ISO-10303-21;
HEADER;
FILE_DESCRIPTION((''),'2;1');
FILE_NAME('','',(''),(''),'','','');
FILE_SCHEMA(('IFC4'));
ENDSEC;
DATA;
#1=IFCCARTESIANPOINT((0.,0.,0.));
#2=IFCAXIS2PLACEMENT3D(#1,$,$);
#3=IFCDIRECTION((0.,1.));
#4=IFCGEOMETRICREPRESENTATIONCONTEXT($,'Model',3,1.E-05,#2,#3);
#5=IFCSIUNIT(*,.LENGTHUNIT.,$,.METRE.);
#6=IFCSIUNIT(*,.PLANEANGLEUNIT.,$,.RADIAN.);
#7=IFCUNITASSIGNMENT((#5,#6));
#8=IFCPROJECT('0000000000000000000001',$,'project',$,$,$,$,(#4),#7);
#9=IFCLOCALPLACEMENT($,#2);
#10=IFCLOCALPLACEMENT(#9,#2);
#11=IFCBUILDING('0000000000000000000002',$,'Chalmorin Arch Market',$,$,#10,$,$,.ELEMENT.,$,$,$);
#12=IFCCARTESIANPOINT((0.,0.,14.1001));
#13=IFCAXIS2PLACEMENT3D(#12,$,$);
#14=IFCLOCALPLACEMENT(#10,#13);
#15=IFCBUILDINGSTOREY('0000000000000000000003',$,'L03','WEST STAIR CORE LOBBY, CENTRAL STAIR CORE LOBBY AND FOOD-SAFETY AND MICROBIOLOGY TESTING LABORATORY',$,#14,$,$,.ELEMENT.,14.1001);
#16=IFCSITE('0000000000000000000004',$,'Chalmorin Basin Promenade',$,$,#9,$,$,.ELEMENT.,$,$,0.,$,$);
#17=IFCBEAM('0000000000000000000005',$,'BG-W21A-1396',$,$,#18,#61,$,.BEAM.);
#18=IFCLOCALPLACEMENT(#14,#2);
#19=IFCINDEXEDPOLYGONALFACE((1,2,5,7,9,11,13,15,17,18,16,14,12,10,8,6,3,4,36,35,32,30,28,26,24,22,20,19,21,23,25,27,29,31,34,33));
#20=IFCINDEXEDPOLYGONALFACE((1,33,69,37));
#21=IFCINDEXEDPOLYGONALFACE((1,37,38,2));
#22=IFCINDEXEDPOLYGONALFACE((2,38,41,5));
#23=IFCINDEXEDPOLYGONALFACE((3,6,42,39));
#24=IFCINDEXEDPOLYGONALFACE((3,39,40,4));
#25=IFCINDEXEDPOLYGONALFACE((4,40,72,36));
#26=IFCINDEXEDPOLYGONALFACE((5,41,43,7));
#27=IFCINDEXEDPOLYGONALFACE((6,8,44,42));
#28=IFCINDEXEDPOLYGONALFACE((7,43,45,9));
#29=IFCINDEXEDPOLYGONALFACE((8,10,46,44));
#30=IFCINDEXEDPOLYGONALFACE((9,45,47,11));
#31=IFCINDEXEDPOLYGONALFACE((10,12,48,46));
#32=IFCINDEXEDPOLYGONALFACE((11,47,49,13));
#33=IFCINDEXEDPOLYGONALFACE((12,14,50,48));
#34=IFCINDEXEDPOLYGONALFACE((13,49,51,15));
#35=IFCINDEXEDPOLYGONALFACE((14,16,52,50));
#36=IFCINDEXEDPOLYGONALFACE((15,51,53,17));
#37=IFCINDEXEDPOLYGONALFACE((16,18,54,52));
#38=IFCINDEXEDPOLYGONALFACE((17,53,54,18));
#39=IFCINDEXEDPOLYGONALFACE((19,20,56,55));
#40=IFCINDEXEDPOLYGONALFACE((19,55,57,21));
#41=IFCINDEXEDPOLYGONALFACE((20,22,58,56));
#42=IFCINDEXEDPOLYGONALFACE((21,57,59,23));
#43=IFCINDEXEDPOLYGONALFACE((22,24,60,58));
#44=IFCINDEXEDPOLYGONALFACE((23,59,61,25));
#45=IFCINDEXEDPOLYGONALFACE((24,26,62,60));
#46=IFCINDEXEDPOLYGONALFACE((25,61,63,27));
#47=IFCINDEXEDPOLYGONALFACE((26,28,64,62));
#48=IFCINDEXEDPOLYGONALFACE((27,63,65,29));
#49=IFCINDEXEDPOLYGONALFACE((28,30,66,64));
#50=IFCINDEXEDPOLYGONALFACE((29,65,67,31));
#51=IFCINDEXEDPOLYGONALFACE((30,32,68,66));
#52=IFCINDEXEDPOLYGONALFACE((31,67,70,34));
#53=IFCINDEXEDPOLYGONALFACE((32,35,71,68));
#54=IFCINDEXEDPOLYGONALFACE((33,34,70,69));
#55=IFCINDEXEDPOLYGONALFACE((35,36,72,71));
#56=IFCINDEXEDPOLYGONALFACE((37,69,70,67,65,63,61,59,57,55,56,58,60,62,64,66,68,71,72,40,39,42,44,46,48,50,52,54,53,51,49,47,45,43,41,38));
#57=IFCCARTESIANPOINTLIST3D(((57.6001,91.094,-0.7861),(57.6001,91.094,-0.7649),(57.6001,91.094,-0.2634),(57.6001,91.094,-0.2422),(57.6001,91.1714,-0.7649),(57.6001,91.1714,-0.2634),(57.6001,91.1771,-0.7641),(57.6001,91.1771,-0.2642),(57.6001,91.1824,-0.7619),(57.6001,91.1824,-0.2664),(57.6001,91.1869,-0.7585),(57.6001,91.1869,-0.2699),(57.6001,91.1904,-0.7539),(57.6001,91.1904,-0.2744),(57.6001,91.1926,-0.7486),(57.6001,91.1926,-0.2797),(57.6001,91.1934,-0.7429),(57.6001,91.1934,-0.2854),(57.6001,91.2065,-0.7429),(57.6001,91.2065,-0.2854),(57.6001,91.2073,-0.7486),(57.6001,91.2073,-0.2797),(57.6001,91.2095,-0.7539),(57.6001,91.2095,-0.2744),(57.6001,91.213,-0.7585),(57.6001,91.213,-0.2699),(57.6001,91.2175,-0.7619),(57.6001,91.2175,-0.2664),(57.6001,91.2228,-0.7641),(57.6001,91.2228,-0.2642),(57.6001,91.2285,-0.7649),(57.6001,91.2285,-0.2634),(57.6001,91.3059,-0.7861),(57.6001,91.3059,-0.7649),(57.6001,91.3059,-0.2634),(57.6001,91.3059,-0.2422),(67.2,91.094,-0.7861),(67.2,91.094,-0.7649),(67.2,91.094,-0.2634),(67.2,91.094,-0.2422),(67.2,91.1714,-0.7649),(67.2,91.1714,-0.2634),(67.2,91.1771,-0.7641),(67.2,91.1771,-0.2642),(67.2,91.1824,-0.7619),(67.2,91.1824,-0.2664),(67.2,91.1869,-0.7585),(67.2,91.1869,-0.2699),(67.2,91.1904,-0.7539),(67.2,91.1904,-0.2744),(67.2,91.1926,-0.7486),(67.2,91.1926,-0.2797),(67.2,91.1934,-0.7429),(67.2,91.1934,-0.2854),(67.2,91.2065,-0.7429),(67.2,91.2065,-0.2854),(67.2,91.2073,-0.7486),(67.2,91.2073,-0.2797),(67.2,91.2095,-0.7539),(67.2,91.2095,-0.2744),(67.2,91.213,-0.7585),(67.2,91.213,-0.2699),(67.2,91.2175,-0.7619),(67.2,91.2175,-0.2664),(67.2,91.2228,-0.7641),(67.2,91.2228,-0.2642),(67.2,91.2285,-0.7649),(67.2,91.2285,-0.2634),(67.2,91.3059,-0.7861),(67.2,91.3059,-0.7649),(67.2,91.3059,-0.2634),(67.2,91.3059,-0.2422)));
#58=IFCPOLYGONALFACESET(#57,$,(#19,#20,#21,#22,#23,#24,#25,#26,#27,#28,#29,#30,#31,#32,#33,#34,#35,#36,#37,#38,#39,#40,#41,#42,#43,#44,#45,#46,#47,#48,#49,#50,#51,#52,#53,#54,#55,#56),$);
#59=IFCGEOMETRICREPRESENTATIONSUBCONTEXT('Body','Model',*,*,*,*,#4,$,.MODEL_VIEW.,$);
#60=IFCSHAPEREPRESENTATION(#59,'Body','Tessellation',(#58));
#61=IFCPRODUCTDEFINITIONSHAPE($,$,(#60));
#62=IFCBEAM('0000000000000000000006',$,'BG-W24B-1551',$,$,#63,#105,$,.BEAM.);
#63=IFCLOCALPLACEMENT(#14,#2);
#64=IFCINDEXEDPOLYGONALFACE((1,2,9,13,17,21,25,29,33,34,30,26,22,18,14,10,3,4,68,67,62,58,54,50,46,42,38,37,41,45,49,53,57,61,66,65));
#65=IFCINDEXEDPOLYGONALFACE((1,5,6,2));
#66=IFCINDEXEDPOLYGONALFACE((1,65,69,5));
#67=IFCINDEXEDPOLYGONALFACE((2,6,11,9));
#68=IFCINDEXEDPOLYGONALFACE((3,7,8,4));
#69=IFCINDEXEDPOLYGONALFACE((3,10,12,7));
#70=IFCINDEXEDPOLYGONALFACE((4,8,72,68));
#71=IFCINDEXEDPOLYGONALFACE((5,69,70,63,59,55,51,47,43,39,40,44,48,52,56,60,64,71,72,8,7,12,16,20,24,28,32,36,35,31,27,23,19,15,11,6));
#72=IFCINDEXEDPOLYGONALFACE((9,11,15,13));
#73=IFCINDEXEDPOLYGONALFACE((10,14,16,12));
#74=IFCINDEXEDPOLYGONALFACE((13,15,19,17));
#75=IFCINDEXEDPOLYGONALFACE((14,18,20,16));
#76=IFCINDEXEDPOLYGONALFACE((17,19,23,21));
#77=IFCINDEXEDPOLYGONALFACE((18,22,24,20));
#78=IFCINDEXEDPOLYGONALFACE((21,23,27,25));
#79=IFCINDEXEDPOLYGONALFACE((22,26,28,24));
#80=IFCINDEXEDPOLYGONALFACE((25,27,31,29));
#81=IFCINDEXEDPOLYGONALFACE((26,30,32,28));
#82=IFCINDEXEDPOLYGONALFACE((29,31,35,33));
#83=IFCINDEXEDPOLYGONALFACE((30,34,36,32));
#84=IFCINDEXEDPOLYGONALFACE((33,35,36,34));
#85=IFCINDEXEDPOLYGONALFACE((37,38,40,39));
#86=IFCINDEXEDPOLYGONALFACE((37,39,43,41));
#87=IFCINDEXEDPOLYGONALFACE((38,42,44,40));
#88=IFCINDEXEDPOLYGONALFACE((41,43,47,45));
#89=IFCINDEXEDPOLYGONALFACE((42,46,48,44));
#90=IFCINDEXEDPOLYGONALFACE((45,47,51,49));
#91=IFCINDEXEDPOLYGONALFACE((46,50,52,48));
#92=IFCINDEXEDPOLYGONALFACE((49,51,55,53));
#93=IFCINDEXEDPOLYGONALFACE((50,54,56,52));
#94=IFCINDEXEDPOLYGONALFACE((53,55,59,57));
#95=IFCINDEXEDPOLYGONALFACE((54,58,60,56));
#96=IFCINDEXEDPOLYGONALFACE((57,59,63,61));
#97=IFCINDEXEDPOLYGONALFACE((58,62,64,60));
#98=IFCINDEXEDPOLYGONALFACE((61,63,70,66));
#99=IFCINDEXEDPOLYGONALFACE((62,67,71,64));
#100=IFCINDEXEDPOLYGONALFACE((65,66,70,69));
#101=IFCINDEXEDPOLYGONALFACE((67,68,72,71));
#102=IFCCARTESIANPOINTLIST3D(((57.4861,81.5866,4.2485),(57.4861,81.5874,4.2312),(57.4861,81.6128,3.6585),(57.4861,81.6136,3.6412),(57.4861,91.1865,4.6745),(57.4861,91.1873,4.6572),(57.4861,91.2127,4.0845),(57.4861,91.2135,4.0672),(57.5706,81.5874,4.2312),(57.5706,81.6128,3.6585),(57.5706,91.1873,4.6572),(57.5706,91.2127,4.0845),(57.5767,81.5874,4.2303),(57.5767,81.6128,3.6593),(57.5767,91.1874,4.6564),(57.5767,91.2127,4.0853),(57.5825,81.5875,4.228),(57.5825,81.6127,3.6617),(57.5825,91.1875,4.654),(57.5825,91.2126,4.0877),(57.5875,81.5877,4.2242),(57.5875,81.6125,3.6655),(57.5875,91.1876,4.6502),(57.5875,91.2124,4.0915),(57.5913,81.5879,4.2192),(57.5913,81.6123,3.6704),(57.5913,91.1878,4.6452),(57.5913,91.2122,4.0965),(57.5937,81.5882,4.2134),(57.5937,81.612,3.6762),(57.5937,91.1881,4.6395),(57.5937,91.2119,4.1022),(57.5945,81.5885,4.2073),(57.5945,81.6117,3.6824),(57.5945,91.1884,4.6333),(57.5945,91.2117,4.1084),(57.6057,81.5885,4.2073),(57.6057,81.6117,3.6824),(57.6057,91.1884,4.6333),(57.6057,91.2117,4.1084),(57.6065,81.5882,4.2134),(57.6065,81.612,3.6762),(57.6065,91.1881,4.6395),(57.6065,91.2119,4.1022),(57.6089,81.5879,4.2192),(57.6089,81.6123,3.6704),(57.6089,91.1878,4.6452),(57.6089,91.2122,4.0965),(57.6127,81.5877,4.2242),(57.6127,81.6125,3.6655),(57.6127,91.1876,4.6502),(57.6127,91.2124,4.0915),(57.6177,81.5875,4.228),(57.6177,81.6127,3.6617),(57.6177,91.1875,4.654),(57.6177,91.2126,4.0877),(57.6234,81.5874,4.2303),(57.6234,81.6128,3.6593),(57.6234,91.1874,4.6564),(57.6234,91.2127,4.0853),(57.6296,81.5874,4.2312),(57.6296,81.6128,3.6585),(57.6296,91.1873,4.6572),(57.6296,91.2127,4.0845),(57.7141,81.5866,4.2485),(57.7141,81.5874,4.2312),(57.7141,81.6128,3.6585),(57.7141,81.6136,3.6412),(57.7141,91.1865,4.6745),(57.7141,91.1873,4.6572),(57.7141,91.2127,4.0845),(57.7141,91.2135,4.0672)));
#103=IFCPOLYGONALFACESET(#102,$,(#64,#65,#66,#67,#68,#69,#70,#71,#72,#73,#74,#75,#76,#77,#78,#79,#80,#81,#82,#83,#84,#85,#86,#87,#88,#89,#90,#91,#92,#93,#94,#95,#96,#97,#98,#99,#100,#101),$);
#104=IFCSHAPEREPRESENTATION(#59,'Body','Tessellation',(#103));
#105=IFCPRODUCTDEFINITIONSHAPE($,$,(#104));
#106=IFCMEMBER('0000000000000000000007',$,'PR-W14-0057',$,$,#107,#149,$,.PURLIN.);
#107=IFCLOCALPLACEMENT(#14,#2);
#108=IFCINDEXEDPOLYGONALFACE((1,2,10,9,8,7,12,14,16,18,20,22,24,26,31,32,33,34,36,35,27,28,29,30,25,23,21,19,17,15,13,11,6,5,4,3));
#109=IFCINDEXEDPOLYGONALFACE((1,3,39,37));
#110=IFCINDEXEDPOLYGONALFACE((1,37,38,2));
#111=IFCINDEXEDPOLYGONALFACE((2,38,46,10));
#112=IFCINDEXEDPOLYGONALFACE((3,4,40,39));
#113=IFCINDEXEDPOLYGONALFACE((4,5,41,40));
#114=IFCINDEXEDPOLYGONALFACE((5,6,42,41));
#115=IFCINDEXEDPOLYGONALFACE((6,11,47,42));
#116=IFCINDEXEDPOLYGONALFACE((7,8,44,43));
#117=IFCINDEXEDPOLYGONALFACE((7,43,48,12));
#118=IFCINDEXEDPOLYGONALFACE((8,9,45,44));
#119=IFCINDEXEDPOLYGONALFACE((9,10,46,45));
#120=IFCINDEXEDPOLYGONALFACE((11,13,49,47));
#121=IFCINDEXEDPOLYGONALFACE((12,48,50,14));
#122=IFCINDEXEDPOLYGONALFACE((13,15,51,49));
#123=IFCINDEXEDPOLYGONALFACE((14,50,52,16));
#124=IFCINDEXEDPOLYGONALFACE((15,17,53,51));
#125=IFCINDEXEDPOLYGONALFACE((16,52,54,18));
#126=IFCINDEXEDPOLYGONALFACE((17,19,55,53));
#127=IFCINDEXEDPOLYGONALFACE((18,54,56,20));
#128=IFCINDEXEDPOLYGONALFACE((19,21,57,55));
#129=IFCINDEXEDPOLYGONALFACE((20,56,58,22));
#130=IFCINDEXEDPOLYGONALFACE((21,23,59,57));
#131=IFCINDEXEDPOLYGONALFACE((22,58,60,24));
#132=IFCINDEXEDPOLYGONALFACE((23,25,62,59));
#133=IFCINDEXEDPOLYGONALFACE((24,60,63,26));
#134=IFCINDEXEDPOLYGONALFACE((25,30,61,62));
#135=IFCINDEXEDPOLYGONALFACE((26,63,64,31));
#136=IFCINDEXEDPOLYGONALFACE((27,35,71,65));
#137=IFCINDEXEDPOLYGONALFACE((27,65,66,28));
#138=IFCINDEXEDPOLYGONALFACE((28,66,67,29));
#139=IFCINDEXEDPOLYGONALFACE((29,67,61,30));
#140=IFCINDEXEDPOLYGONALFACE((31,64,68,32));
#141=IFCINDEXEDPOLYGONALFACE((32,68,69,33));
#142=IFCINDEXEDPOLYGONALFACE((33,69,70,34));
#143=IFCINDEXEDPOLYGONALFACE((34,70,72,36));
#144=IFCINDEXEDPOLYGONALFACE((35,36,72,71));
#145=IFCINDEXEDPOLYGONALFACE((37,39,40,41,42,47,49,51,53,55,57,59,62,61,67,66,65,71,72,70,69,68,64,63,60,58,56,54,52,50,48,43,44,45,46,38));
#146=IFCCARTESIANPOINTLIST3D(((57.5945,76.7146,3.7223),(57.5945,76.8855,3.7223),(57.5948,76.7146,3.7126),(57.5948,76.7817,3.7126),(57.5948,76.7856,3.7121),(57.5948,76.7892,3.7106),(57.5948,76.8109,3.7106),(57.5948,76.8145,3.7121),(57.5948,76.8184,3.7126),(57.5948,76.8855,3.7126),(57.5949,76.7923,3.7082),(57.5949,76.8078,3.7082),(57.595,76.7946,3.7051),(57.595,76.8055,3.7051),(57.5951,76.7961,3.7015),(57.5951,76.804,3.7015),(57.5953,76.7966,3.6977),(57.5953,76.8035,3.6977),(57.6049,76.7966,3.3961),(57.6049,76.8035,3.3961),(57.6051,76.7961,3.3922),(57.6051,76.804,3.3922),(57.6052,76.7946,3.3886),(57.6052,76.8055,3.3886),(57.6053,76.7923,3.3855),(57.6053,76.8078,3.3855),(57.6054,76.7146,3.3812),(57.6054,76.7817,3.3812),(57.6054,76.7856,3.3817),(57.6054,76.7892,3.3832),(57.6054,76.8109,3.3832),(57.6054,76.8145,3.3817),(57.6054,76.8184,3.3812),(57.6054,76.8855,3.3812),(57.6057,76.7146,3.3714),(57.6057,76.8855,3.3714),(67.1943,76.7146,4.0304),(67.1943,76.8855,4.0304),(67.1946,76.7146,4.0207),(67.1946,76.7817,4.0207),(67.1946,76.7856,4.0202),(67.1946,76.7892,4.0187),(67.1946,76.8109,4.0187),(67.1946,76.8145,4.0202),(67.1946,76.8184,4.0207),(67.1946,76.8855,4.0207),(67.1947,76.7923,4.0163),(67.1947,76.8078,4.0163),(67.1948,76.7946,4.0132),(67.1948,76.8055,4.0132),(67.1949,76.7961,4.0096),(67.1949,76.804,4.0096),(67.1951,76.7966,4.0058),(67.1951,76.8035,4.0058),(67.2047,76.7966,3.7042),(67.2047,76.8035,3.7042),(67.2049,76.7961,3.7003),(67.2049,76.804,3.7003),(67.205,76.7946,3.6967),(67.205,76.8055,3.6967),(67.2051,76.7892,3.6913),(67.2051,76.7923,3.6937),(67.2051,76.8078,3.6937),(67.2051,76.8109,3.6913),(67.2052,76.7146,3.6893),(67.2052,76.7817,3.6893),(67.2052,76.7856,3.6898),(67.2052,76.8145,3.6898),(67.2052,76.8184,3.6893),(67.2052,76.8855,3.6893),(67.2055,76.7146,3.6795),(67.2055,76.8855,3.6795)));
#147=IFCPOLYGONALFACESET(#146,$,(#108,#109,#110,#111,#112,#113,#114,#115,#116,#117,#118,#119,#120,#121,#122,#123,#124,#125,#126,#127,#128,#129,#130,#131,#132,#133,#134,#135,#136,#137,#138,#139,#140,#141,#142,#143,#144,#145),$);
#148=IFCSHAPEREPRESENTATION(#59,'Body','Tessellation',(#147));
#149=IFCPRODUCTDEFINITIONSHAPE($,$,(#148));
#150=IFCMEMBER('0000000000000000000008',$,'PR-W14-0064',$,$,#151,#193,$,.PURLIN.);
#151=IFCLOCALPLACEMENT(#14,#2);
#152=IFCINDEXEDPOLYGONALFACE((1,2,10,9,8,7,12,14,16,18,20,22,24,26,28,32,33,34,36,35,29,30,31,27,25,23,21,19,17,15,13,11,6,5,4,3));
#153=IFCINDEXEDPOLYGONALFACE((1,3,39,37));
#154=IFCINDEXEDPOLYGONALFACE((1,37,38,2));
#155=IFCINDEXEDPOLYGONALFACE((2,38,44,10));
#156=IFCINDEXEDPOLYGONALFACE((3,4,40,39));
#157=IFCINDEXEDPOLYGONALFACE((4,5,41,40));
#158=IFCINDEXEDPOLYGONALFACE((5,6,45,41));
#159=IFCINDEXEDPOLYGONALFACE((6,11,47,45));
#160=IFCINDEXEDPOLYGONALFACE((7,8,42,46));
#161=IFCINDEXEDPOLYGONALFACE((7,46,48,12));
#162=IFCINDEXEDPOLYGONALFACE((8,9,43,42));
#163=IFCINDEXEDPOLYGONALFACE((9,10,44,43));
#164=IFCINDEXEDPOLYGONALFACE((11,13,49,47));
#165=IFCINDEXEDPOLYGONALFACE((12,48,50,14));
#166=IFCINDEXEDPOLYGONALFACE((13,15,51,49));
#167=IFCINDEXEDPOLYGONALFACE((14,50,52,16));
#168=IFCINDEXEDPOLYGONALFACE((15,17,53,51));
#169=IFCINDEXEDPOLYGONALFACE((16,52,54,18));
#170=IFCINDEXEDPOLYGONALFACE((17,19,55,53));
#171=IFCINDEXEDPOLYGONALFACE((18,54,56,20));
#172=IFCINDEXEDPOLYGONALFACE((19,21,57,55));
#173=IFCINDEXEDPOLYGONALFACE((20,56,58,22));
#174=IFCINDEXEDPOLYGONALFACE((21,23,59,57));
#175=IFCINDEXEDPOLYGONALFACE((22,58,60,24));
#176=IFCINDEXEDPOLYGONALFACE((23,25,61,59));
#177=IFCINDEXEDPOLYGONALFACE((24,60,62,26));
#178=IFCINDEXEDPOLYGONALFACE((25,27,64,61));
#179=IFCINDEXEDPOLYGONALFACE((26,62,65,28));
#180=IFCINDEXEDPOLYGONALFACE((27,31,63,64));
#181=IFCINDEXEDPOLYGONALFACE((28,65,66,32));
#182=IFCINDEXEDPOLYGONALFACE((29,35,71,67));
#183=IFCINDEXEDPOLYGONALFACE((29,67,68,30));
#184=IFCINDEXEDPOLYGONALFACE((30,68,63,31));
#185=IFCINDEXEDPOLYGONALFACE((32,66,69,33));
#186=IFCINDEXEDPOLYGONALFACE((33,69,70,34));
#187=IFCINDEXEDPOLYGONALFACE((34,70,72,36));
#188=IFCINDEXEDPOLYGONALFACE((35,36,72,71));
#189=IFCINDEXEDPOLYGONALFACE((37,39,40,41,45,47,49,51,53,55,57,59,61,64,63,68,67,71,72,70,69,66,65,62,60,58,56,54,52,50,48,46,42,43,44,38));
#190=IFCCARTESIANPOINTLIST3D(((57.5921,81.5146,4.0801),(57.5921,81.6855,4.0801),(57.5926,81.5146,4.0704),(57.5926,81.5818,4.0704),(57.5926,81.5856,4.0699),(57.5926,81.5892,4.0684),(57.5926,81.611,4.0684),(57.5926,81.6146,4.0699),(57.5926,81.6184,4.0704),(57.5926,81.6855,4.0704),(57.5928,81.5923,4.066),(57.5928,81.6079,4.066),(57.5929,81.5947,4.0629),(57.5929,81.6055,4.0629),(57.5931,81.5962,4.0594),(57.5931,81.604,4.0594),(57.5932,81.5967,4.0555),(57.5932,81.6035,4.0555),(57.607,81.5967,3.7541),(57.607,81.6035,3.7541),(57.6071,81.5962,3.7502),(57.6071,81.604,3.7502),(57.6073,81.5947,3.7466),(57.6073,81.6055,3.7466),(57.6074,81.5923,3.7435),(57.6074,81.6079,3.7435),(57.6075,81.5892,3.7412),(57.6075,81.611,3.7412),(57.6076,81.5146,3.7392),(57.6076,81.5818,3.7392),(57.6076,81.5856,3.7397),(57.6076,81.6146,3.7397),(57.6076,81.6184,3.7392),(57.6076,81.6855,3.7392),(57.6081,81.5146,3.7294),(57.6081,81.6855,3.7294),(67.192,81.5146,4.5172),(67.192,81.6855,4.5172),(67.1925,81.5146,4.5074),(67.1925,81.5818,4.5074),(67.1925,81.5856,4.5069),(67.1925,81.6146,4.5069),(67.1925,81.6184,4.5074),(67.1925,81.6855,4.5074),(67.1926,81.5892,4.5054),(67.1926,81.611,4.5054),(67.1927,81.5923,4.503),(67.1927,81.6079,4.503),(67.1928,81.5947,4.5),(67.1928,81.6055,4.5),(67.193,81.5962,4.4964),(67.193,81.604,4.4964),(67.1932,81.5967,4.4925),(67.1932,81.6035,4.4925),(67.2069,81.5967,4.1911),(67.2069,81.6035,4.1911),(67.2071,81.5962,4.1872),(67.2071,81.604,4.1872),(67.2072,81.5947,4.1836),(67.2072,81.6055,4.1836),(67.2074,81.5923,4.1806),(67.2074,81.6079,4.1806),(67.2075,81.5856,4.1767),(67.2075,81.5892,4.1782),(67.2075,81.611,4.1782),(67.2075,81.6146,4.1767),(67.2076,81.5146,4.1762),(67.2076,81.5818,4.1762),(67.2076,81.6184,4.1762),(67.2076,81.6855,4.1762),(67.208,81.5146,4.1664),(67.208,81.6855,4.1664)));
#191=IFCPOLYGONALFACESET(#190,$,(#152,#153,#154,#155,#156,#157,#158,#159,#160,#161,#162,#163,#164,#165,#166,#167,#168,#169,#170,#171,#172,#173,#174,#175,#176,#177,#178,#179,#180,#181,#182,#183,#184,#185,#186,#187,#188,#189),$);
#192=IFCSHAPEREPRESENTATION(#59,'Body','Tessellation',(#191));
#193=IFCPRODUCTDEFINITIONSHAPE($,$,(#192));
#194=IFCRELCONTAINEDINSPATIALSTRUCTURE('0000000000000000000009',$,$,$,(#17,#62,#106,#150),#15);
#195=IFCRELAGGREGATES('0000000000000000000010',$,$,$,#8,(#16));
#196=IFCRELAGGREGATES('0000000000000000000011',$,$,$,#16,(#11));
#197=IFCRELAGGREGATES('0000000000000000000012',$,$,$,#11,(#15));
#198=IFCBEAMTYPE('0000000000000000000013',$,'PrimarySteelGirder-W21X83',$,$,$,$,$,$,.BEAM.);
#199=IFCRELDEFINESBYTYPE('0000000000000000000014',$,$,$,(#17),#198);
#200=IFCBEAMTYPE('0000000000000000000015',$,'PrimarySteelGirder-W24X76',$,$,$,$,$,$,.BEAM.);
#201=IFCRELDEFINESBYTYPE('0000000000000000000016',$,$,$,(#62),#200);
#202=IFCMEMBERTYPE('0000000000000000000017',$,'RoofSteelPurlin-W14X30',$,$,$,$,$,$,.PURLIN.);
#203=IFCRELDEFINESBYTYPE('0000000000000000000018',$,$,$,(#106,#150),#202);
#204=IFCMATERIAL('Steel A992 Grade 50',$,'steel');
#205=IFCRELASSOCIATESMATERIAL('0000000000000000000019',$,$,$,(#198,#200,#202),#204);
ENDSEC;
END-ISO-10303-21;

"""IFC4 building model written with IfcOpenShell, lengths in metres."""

from ifc_helpers import new_model, si_unit, direction, frame, origin, origin_2d, place, context, subcontext, project, spatial, i_section, extrude, material, material_profile, profile_set, type_object, element, save


model = new_model("IFC4")

# Units and contexts
model_context = context("Model", 3, precision=1e-05, world=origin(), true_north=direction((0.0, 1.0)))
body_context = subcontext(model_context, "Body", "Model", "MODEL_VIEW")
ifc_project = project(units=[si_unit("LENGTHUNIT", "METRE"), si_unit("PLANEANGLEUNIT", "RADIAN")], contexts=[model_context])

# Site, building, storey
site_placement = place(None, origin())
site = spatial("IfcSite", under=ifc_project, at=site_placement, Name="Chalmorin Basin Promenade", CompositionType="ELEMENT", RefElevation=0.0)
building_placement = place(site_placement, origin())
building = spatial("IfcBuilding", under=site, at=building_placement, Name="Chalmorin Arch Market", CompositionType="ELEMENT")
storey_placement = place(building_placement, frame((0.0, 0.0, 14.1001)))
storey = spatial("IfcBuildingStorey", under=building, at=storey_placement, Name="L03", Description="WEST STAIR CORE LOBBY, CENTRAL STAIR CORE LOBBY AND FOOD-SAFETY AND MICROBIOLOGY TESTING LABORATORY", CompositionType="ELEMENT", Elevation=14.1001)

# Beams
ifc_material_1 = material(Name="Steel A992 Grade 50", Category="steel")
ifc_material_profile_1 = material_profile(ifc_material_1, i_section(OverallWidth=0.2119, OverallDepth=0.5439, WebThickness=0.0132, FlangeThickness=0.0212, FilletRadius=0.022, at=origin_2d()), Name="W21X83")
ifc_profile_set_1 = profile_set([ifc_material_profile_1], Name="Steel A992 Grade 50")
beam_type_1 = type_object("IfcBeamType", Name="PrimarySteelGirder-W21X83", PredefinedType="BEAM", material=ifc_profile_set_1)
for number, where, z_axis, x_axis, name in (
    (1, (57.6001, 91.2, -0.5142), (1.0, 0.0, 0.0), (0.0, 1.0, 0.0), "BG-W21A-1396"),
):
    element("IfcBeam", number, at=place(storey_placement, frame(where, z_axis=z_axis, x_axis=x_axis)), inside=storey, type_object=beam_type_1, Name=name, PredefinedType="BEAM", context=body_context, shape_type="SweptSolid", body=[
        extrude(i_section(OverallWidth=0.2119, OverallDepth=0.5439, WebThickness=0.0132, FlangeThickness=0.0212, FilletRadius=0.022, at=origin_2d()), origin(), (0.0, 0.0, 1.0), 9.5999),
    ])
ifc_material_profile_2 = material_profile(ifc_material_1, i_section(OverallWidth=0.228, OverallDepth=0.6079, WebThickness=0.0112, FlangeThickness=0.0173, FilletRadius=0.0239, at=origin_2d()), Name="W24X76")
ifc_profile_set_2 = profile_set([ifc_material_profile_2], Name="Steel A992 Grade 50")
beam_type_2 = type_object("IfcBeamType", Name="PrimarySteelGirder-W24X76", PredefinedType="BEAM", material=ifc_profile_set_2)
beam_1_placement = place(storey_placement, frame((57.6001, 81.6001, 3.9448), z_axis=(0.0, 0.999017, 0.044335), x_axis=(-1.0, 0.0, 0.0)))
element("IfcBeam", 2, at=beam_1_placement, inside=storey, type_object=beam_type_2, Name="BG-W24B-1551", PredefinedType="BEAM", context=body_context, shape_type="SweptSolid", body=[
    extrude(i_section(OverallWidth=0.228, OverallDepth=0.6079, WebThickness=0.0112, FlangeThickness=0.0173, FilletRadius=0.0239, at=origin_2d()), origin(), (0.0, 0.0, 1.0), 9.6094),
])

# Members
ifc_material_profile_3 = material_profile(ifc_material_1, i_section(OverallWidth=0.1709, OverallDepth=0.3511, WebThickness=0.0068, FlangeThickness=0.0098, FilletRadius=0.0149, at=origin_2d()), Name="W14X30")
ifc_profile_set_3 = profile_set([ifc_material_profile_3], Name="Steel A992 Grade 50")
member_type_1 = type_object("IfcMemberType", Name="RoofSteelPurlin-W14X30", PredefinedType="PURLIN", material=ifc_profile_set_3)
member_1_placement = place(storey_placement, frame((57.6001, 76.8, 3.5469), z_axis=(0.999485, 0.0, 0.032078), x_axis=(0.0, 1.0, 0.0)))
element("IfcMember", 3, at=member_1_placement, inside=storey, type_object=member_type_1, Name="PR-W14-0057", PredefinedType="PURLIN", context=body_context, shape_type="SweptSolid", body=[
    extrude(i_section(OverallWidth=0.1709, OverallDepth=0.3511, WebThickness=0.0068, FlangeThickness=0.0098, FilletRadius=0.0149, at=origin_2d()), origin(), (0.0, 0.0, 1.0), 9.6047),
])
member_2_placement = place(storey_placement, frame((57.6001, 81.6001, 3.9048), z_axis=(0.998965, 0.0, 0.045476), x_axis=(0.0, 1.0, 0.0)))
element("IfcMember", 4, at=member_2_placement, inside=storey, type_object=member_type_1, Name="PR-W14-0064", PredefinedType="PURLIN", context=body_context, shape_type="SweptSolid", body=[
    extrude(i_section(OverallWidth=0.1709, OverallDepth=0.3511, WebThickness=0.0068, FlangeThickness=0.0098, FilletRadius=0.0149, at=origin_2d()), origin(), (0.0, 0.0, 1.0), 9.6099),
])

save(model, "model.ifc")
